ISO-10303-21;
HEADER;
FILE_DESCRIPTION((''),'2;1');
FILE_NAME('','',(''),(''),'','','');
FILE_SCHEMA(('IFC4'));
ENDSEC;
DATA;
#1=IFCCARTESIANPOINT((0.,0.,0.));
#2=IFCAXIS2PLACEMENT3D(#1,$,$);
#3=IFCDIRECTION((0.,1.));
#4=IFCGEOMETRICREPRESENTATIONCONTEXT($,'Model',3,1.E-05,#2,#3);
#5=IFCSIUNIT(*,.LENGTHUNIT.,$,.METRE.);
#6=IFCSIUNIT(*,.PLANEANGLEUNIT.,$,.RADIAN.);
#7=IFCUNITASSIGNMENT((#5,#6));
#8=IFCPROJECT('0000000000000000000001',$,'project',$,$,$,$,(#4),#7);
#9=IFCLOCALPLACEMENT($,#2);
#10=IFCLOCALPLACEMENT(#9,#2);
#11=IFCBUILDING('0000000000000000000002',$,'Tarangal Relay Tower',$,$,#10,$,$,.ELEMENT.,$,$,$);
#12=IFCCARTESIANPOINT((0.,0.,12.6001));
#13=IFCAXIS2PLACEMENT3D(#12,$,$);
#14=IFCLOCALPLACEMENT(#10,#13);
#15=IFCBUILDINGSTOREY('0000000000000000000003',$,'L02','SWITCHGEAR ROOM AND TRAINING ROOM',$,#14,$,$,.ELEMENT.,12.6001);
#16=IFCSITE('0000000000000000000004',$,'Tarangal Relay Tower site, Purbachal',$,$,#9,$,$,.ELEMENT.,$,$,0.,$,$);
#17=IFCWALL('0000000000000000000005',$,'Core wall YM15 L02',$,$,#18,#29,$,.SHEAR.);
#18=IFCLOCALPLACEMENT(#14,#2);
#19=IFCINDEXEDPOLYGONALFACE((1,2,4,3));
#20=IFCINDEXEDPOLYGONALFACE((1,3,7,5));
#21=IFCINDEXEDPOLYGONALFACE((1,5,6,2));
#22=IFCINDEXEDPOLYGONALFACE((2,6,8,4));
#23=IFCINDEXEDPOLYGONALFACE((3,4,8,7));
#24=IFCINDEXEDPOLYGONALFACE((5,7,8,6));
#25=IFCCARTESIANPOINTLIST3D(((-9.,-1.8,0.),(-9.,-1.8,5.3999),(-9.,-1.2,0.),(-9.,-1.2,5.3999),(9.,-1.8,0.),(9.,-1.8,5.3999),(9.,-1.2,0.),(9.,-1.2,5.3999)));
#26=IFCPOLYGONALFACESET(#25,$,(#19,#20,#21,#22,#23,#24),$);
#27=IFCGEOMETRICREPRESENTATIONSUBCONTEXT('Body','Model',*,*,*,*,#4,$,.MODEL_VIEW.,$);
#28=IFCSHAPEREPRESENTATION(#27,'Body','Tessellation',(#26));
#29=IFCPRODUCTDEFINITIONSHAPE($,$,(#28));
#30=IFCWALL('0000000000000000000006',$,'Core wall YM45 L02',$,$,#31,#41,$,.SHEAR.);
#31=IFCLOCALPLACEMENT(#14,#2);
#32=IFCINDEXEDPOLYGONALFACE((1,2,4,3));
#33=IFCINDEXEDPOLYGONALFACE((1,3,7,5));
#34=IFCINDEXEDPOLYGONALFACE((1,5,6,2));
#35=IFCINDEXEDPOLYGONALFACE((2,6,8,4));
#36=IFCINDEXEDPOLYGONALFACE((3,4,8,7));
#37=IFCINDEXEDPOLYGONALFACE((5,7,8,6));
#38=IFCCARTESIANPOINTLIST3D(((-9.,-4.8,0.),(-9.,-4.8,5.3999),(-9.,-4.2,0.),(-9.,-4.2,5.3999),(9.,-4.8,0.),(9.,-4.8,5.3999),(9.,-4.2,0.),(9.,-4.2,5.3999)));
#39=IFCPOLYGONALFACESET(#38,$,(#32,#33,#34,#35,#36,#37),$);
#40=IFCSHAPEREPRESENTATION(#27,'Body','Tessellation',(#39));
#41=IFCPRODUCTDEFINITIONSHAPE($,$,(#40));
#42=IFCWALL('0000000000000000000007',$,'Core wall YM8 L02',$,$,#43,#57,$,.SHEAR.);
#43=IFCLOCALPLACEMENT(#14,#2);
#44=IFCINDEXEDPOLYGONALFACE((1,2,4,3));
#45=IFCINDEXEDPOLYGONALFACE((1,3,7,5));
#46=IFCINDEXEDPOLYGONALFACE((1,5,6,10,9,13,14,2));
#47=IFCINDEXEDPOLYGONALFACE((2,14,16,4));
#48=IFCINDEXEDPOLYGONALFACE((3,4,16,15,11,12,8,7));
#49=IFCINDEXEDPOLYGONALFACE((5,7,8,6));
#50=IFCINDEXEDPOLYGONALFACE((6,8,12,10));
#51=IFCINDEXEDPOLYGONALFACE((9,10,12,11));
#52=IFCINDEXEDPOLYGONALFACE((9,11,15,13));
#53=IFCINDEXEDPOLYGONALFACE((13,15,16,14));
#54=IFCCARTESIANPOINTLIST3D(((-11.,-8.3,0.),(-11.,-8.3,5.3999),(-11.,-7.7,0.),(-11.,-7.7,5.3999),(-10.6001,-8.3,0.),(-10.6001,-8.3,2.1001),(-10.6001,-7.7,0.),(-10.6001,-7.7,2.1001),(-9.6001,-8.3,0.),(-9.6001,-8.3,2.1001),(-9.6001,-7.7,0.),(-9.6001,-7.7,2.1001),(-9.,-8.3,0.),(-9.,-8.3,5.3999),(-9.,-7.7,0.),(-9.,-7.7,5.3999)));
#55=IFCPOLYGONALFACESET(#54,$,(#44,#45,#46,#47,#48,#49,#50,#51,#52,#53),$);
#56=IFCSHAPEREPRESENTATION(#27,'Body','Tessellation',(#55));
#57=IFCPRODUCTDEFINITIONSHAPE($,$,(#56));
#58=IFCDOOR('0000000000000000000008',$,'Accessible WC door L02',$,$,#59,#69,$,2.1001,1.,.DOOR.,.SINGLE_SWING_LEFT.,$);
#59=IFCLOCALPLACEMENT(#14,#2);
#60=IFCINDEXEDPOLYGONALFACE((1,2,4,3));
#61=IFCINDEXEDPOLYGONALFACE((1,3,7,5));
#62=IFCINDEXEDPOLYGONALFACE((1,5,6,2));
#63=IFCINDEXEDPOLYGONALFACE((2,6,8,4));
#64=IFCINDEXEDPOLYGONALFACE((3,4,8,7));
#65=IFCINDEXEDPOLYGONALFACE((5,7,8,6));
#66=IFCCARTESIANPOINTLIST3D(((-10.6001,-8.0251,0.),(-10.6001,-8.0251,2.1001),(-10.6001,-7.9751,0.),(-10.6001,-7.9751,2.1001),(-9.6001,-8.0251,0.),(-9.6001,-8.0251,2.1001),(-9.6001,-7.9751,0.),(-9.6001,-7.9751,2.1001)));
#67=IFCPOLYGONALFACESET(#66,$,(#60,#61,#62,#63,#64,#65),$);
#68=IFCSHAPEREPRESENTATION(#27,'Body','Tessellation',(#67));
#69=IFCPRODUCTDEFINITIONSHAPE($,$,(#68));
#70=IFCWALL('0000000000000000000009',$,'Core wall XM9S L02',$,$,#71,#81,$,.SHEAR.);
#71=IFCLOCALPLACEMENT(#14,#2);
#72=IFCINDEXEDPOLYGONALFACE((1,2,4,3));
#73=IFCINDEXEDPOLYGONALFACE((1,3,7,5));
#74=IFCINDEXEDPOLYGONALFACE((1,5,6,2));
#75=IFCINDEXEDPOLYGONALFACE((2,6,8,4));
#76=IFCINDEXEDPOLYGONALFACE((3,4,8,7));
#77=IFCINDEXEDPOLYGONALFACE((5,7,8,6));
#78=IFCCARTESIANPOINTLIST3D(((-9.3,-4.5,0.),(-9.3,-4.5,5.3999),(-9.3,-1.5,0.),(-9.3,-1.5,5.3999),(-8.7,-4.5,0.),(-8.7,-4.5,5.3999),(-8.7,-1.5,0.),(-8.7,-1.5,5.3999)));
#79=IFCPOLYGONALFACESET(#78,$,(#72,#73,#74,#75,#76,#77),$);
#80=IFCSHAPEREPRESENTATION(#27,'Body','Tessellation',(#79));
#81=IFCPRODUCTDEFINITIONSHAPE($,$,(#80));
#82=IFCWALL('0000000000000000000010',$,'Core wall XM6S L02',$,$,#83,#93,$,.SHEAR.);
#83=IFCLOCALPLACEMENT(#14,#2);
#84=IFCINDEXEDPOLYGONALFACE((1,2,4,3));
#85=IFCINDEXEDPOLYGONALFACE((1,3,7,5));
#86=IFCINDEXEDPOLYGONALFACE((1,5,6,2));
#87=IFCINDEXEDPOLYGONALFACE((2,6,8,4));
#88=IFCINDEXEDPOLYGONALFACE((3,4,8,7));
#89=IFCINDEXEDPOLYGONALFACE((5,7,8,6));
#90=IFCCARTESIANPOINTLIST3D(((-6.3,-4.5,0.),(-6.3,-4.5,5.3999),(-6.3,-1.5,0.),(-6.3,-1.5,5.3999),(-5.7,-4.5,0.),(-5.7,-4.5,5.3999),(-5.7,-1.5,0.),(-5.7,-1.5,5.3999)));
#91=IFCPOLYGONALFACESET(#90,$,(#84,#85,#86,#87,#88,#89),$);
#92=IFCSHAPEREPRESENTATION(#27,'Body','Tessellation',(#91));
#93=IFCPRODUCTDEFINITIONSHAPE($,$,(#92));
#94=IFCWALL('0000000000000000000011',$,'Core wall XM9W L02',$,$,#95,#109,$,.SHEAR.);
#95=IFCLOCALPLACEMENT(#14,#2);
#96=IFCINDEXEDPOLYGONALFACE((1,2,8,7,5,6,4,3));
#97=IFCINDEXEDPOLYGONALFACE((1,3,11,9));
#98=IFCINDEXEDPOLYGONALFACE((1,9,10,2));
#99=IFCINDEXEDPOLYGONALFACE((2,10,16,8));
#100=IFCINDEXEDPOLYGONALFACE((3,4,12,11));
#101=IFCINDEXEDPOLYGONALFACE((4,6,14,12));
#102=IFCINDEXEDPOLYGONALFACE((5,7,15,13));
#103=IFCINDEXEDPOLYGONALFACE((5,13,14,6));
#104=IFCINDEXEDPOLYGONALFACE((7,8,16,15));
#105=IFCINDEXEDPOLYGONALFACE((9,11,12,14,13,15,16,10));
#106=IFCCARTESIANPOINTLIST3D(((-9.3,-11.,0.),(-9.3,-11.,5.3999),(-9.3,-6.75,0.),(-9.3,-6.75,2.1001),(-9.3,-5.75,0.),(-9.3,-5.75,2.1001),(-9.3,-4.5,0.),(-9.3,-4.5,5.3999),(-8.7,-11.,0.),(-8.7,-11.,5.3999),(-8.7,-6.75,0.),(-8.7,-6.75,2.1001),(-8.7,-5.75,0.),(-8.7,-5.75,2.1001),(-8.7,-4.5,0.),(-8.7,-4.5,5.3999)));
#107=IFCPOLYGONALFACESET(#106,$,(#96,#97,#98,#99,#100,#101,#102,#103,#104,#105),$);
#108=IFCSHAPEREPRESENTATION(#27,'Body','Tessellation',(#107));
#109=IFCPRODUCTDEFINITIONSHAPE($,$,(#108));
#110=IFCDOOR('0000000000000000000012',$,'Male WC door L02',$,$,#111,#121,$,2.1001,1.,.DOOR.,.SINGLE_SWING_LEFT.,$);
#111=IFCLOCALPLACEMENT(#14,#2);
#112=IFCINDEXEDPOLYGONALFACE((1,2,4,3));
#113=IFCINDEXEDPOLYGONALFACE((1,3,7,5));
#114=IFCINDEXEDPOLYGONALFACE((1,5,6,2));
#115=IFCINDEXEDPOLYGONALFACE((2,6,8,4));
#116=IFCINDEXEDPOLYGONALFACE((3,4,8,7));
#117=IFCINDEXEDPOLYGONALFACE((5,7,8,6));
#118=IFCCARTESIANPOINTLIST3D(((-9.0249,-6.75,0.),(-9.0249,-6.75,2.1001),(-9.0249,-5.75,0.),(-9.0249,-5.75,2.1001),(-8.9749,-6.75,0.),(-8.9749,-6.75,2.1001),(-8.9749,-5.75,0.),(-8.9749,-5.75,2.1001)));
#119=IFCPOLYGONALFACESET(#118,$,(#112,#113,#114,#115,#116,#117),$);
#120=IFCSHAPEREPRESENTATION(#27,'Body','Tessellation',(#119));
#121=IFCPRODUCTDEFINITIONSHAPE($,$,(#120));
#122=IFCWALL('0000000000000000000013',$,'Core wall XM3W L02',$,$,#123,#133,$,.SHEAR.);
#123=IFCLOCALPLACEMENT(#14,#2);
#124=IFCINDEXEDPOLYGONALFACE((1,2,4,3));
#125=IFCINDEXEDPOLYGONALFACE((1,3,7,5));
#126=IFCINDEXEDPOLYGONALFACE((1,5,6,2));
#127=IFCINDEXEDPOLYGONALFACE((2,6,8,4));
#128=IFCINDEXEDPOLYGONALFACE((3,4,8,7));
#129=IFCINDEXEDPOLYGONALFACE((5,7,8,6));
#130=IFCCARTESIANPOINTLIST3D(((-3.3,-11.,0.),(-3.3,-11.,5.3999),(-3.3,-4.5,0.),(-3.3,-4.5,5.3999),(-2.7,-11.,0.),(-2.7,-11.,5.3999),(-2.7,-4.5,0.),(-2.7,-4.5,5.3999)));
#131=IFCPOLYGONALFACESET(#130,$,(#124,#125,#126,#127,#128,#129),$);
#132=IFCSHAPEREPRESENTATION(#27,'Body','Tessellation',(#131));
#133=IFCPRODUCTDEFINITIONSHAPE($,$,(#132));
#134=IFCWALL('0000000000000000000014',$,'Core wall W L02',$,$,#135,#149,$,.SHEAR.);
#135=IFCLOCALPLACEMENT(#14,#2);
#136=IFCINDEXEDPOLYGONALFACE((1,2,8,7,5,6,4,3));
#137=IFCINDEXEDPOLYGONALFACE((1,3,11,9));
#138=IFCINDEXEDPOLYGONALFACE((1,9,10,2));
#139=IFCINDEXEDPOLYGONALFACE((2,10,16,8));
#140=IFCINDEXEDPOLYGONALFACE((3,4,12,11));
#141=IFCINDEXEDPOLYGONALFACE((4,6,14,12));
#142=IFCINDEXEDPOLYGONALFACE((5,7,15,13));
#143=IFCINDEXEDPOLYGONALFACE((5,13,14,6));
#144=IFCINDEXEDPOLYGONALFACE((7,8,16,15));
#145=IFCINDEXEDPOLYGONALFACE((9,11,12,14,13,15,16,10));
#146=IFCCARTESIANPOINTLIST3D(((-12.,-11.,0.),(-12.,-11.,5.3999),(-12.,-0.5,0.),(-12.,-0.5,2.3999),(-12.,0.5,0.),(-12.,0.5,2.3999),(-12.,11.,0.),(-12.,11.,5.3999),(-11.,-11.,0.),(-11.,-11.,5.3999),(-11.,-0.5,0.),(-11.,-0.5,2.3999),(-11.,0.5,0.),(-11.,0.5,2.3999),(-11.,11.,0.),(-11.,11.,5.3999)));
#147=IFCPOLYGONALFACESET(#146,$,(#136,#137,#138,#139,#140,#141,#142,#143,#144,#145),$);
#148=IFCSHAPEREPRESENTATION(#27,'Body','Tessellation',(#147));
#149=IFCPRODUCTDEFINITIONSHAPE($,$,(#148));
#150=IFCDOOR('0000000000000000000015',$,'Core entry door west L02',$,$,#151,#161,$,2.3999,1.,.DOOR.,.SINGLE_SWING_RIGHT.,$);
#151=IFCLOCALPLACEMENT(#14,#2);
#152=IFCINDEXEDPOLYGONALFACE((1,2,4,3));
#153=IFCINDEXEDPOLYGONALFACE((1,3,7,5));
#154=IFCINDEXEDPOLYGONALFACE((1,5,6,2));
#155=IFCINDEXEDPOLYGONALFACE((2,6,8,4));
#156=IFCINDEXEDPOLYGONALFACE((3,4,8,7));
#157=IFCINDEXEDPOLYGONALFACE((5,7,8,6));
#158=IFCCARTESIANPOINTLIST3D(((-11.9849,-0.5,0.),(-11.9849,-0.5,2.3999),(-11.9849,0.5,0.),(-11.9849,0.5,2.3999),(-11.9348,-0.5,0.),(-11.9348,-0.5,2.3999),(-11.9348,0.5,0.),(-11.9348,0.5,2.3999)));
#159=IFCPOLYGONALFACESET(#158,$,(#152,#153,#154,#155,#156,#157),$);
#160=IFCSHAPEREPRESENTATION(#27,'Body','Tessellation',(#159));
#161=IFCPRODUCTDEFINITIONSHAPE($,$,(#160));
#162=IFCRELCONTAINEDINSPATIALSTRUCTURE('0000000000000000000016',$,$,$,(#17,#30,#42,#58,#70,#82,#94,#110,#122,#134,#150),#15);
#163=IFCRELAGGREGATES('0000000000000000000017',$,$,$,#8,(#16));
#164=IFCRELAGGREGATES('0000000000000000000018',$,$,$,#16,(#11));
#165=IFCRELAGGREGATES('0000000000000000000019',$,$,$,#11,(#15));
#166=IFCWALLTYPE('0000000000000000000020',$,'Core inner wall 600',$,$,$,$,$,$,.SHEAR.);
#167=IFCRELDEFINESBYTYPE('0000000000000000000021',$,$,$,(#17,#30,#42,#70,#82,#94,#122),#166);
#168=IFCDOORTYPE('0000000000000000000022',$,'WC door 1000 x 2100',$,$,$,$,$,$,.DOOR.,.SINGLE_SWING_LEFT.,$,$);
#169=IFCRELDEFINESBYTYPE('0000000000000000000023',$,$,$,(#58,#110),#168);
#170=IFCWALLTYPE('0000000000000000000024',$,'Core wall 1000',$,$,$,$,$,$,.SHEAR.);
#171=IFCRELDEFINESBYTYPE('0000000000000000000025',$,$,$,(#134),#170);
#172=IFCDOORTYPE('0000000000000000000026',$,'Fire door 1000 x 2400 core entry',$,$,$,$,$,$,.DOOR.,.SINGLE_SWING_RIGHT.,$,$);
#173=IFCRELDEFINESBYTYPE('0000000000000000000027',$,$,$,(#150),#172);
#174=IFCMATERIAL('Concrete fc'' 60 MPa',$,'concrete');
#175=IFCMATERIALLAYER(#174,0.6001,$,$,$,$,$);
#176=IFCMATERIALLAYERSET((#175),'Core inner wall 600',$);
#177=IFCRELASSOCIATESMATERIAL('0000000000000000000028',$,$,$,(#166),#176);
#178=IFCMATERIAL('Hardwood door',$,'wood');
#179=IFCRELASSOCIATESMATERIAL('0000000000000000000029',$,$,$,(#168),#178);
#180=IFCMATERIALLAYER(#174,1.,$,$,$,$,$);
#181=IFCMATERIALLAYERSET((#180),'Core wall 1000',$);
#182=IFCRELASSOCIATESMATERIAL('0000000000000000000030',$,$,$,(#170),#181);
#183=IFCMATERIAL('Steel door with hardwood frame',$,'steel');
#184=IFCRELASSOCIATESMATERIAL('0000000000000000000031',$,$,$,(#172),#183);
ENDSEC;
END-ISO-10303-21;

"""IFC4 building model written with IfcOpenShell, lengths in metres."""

from ifc_helpers import new_model, si_unit, direction, frame, frame_2d, origin, place, context, subcontext, project, spatial, rectangle, extrude, material, layer, layer_set, type_object, element, fill, save


model = new_model("IFC4")

# Units and contexts
model_context = context("Model", 3, precision=1e-05, world=origin(), true_north=direction((0.0, 1.0)))
body_context = subcontext(model_context, "Body", "Model", "MODEL_VIEW")
ifc_project = project(units=[si_unit("LENGTHUNIT", "METRE"), si_unit("PLANEANGLEUNIT", "RADIAN")], contexts=[model_context])

# Site, building, storey
site_placement = place(None, origin())
site = spatial("IfcSite", under=ifc_project, at=site_placement, Name="Tarangal Relay Tower site, Purbachal", CompositionType="ELEMENT", RefElevation=0.0)
building_placement = place(site_placement, origin())
building = spatial("IfcBuilding", under=site, at=building_placement, Name="Tarangal Relay Tower", CompositionType="ELEMENT")
storey_placement = place(building_placement, frame((0.0, 0.0, 12.6001)))
storey = spatial("IfcBuildingStorey", under=building, at=storey_placement, Name="L02", Description="SWITCHGEAR ROOM AND TRAINING ROOM", CompositionType="ELEMENT", Elevation=12.6001)

# Walls
ifc_material_1 = material(Name="Concrete fc' 60 MPa", Category="concrete")
ifc_layer_1 = layer(ifc_material_1, 0.6001)
ifc_layer_set_1 = layer_set([ifc_layer_1], Name="Core inner wall 600")
wall_type_1 = type_object("IfcWallType", Name="Core inner wall 600", PredefinedType="SHEAR", material=ifc_layer_set_1)
for number, where, z_axis, x_axis, name in (
    (1, (-9.0, -1.5, 0.0), (0.0, 0.0, 1.0), (1.0, 0.0, 0.0), "Core wall YM15 L02"),
    (2, (-9.0, -4.5, 0.0), (0.0, 0.0, 1.0), (1.0, 0.0, 0.0), "Core wall YM45 L02"),
):
    element("IfcWall", number, at=place(storey_placement, frame(where, z_axis=z_axis, x_axis=x_axis)), inside=storey, type_object=wall_type_1, Name=name, PredefinedType="SHEAR", context=body_context, shape_type="SweptSolid", body=[
        extrude(rectangle(XDim=18.0, YDim=0.6001, at=frame_2d((9.0, 0.0))), origin(), (0.0, 0.0, 1.0), 5.3999),
    ])

# Wall, opening, door
wall_1_placement = place(storey_placement, frame((-11.0, -8.0, 0.0), z_axis=(0.0, 0.0, 1.0), x_axis=(1.0, 0.0, 0.0)))
wall_1 = element("IfcWall", 3, at=wall_1_placement, inside=storey, type_object=wall_type_1, Name="Core wall YM8 L02", PredefinedType="SHEAR", context=body_context, shape_type="SweptSolid", body=[
    extrude(rectangle(XDim=2.0, YDim=0.6001, at=frame_2d((1.0, 0.0))), origin(), (0.0, 0.0, 1.0), 5.3999),
])
opening_1_placement = place(wall_1_placement, frame((0.3999, 0.0, 0.0)))
opening_1 = element("IfcOpeningElement", 4, at=opening_1_placement, cuts=wall_1, PredefinedType="OPENING", context=body_context, shape_type="SweptSolid", body=[
    extrude(rectangle(XDim=1.0, YDim=2.1001, at=frame_2d((0.5, 1.05))), frame((0.0, 0.3101, 0.0), z_axis=(0.0, -1.0, 0.0), x_axis=(1.0, 0.0, 0.0)), (0.0, 0.0, 1.0), 0.6201),
])
ifc_material_2 = material(Name="Hardwood door", Category="wood")
door_type_1 = type_object("IfcDoorType", Name="WC door 1000 x 2100", OperationType="SINGLE_SWING_LEFT", PredefinedType="DOOR", material=ifc_material_2)
door_1_placement = place(opening_1_placement, origin())
door_1 = element("IfcDoor", 5, at=door_1_placement, inside=storey, type_object=door_type_1, Name="Accessible WC door L02", OperationType="SINGLE_SWING_LEFT", OverallHeight=2.1001, OverallWidth=1.0, PredefinedType="DOOR", context=body_context, shape_type="SweptSolid", body=[
    extrude(rectangle(XDim=1.0, YDim=2.1001, at=frame_2d((0.5, 1.05))), frame((0.0, 0.0249, 0.0), z_axis=(0.0, -1.0, 0.0), x_axis=(1.0, 0.0, 0.0)), (0.0, 0.0, 1.0), 0.05),
])
fill(opening_1, door_1)

# Walls
for number, where, z_axis, x_axis, name in (
    (6, (-9.0, -4.5, 0.0), (0.0, 0.0, 1.0), (0.0, 1.0, 0.0), "Core wall XM9S L02"),
    (7, (-6.0, -4.5, 0.0), (0.0, 0.0, 1.0), (0.0, 1.0, 0.0), "Core wall XM6S L02"),
):
    element("IfcWall", number, at=place(storey_placement, frame(where, z_axis=z_axis, x_axis=x_axis)), inside=storey, type_object=wall_type_1, Name=name, PredefinedType="SHEAR", context=body_context, shape_type="SweptSolid", body=[
        extrude(rectangle(XDim=3.0, YDim=0.6001, at=frame_2d((1.5, 0.0))), origin(), (0.0, 0.0, 1.0), 5.3999),
    ])

# Wall, opening, door
wall_2_placement = place(storey_placement, frame((-9.0, -11.0, 0.0), z_axis=(0.0, 0.0, 1.0), x_axis=(0.0, 1.0, 0.0)))
wall_2 = element("IfcWall", 8, at=wall_2_placement, inside=storey, type_object=wall_type_1, Name="Core wall XM9W L02", PredefinedType="SHEAR", context=body_context, shape_type="SweptSolid", body=[
    extrude(rectangle(XDim=6.5, YDim=0.6001, at=frame_2d((3.25, 0.0))), origin(), (0.0, 0.0, 1.0), 5.3999),
])
opening_2_placement = place(wall_2_placement, frame((4.25, 0.0, 0.0)))
opening_2 = element("IfcOpeningElement", 9, at=opening_2_placement, cuts=wall_2, PredefinedType="OPENING", context=body_context, shape_type="SweptSolid", body=[
    extrude(rectangle(XDim=1.0, YDim=2.1001, at=frame_2d((0.5, 1.05))), frame((0.0, 0.3101, 0.0), z_axis=(0.0, -1.0, 0.0), x_axis=(1.0, 0.0, 0.0)), (0.0, 0.0, 1.0), 0.6201),
])
door_2_placement = place(opening_2_placement, origin())
door_2 = element("IfcDoor", 10, at=door_2_placement, inside=storey, type_object=door_type_1, Name="Male WC door L02", OperationType="SINGLE_SWING_LEFT", OverallHeight=2.1001, OverallWidth=1.0, PredefinedType="DOOR", context=body_context, shape_type="SweptSolid", body=[
    extrude(rectangle(XDim=1.0, YDim=2.1001, at=frame_2d((0.5, 1.05))), frame((0.0, 0.0249, 0.0), z_axis=(0.0, -1.0, 0.0), x_axis=(1.0, 0.0, 0.0)), (0.0, 0.0, 1.0), 0.05),
])
fill(opening_2, door_2)

# Wall
wall_3_placement = place(storey_placement, frame((-3.0, -11.0, 0.0), z_axis=(0.0, 0.0, 1.0), x_axis=(0.0, 1.0, 0.0)))
element("IfcWall", 11, at=wall_3_placement, inside=storey, type_object=wall_type_1, Name="Core wall XM3W L02", PredefinedType="SHEAR", context=body_context, shape_type="SweptSolid", body=[
    extrude(rectangle(XDim=6.5, YDim=0.6001, at=frame_2d((3.25, 0.0))), origin(), (0.0, 0.0, 1.0), 5.3999),
])

# Wall, opening, door
ifc_layer_2 = layer(ifc_material_1, 1.0)
ifc_layer_set_2 = layer_set([ifc_layer_2], Name="Core wall 1000")
wall_type_2 = type_object("IfcWallType", Name="Core wall 1000", PredefinedType="SHEAR", material=ifc_layer_set_2)
wall_4_placement = place(storey_placement, frame((-11.5, -11.0, 0.0), z_axis=(0.0, 0.0, 1.0), x_axis=(0.0, 1.0, 0.0)))
wall_4 = element("IfcWall", 12, at=wall_4_placement, inside=storey, type_object=wall_type_2, Name="Core wall W L02", PredefinedType="SHEAR", context=body_context, shape_type="SweptSolid", body=[
    extrude(rectangle(XDim=22.0, YDim=1.0, at=frame_2d((11.0, 0.0))), origin(), (0.0, 0.0, 1.0), 5.3999),
])
opening_3_placement = place(wall_4_placement, frame((10.5, 0.0, 0.0)))
opening_3 = element("IfcOpeningElement", 13, at=opening_3_placement, cuts=wall_4, PredefinedType="OPENING", context=body_context, shape_type="SweptSolid", body=[
    extrude(rectangle(XDim=1.0, YDim=2.3999, at=frame_2d((0.5, 1.2))), frame((0.0, 0.51, 0.0), z_axis=(0.0, -1.0, 0.0), x_axis=(1.0, 0.0, 0.0)), (0.0, 0.0, 1.0), 1.02),
])
ifc_material_3 = material(Name="Steel door with hardwood frame", Category="steel")
door_type_2 = type_object("IfcDoorType", Name="Fire door 1000 x 2400 core entry", OperationType="SINGLE_SWING_RIGHT", PredefinedType="DOOR", material=ifc_material_3)
door_3_placement = place(opening_3_placement, origin())
door_3 = element("IfcDoor", 14, at=door_3_placement, inside=storey, type_object=door_type_2, Name="Core entry door west L02", OperationType="SINGLE_SWING_RIGHT", OverallHeight=2.3999, OverallWidth=1.0, PredefinedType="DOOR", context=body_context, shape_type="SweptSolid", body=[
    extrude(rectangle(XDim=1.0, YDim=2.3999, at=frame_2d((0.5, 1.2))), frame((0.0, 0.4849, 0.0), z_axis=(0.0, -1.0, 0.0), x_axis=(1.0, 0.0, 0.0)), (0.0, 0.0, 1.0), 0.05),
])
fill(opening_3, door_3)

save(model, "model.ifc")
